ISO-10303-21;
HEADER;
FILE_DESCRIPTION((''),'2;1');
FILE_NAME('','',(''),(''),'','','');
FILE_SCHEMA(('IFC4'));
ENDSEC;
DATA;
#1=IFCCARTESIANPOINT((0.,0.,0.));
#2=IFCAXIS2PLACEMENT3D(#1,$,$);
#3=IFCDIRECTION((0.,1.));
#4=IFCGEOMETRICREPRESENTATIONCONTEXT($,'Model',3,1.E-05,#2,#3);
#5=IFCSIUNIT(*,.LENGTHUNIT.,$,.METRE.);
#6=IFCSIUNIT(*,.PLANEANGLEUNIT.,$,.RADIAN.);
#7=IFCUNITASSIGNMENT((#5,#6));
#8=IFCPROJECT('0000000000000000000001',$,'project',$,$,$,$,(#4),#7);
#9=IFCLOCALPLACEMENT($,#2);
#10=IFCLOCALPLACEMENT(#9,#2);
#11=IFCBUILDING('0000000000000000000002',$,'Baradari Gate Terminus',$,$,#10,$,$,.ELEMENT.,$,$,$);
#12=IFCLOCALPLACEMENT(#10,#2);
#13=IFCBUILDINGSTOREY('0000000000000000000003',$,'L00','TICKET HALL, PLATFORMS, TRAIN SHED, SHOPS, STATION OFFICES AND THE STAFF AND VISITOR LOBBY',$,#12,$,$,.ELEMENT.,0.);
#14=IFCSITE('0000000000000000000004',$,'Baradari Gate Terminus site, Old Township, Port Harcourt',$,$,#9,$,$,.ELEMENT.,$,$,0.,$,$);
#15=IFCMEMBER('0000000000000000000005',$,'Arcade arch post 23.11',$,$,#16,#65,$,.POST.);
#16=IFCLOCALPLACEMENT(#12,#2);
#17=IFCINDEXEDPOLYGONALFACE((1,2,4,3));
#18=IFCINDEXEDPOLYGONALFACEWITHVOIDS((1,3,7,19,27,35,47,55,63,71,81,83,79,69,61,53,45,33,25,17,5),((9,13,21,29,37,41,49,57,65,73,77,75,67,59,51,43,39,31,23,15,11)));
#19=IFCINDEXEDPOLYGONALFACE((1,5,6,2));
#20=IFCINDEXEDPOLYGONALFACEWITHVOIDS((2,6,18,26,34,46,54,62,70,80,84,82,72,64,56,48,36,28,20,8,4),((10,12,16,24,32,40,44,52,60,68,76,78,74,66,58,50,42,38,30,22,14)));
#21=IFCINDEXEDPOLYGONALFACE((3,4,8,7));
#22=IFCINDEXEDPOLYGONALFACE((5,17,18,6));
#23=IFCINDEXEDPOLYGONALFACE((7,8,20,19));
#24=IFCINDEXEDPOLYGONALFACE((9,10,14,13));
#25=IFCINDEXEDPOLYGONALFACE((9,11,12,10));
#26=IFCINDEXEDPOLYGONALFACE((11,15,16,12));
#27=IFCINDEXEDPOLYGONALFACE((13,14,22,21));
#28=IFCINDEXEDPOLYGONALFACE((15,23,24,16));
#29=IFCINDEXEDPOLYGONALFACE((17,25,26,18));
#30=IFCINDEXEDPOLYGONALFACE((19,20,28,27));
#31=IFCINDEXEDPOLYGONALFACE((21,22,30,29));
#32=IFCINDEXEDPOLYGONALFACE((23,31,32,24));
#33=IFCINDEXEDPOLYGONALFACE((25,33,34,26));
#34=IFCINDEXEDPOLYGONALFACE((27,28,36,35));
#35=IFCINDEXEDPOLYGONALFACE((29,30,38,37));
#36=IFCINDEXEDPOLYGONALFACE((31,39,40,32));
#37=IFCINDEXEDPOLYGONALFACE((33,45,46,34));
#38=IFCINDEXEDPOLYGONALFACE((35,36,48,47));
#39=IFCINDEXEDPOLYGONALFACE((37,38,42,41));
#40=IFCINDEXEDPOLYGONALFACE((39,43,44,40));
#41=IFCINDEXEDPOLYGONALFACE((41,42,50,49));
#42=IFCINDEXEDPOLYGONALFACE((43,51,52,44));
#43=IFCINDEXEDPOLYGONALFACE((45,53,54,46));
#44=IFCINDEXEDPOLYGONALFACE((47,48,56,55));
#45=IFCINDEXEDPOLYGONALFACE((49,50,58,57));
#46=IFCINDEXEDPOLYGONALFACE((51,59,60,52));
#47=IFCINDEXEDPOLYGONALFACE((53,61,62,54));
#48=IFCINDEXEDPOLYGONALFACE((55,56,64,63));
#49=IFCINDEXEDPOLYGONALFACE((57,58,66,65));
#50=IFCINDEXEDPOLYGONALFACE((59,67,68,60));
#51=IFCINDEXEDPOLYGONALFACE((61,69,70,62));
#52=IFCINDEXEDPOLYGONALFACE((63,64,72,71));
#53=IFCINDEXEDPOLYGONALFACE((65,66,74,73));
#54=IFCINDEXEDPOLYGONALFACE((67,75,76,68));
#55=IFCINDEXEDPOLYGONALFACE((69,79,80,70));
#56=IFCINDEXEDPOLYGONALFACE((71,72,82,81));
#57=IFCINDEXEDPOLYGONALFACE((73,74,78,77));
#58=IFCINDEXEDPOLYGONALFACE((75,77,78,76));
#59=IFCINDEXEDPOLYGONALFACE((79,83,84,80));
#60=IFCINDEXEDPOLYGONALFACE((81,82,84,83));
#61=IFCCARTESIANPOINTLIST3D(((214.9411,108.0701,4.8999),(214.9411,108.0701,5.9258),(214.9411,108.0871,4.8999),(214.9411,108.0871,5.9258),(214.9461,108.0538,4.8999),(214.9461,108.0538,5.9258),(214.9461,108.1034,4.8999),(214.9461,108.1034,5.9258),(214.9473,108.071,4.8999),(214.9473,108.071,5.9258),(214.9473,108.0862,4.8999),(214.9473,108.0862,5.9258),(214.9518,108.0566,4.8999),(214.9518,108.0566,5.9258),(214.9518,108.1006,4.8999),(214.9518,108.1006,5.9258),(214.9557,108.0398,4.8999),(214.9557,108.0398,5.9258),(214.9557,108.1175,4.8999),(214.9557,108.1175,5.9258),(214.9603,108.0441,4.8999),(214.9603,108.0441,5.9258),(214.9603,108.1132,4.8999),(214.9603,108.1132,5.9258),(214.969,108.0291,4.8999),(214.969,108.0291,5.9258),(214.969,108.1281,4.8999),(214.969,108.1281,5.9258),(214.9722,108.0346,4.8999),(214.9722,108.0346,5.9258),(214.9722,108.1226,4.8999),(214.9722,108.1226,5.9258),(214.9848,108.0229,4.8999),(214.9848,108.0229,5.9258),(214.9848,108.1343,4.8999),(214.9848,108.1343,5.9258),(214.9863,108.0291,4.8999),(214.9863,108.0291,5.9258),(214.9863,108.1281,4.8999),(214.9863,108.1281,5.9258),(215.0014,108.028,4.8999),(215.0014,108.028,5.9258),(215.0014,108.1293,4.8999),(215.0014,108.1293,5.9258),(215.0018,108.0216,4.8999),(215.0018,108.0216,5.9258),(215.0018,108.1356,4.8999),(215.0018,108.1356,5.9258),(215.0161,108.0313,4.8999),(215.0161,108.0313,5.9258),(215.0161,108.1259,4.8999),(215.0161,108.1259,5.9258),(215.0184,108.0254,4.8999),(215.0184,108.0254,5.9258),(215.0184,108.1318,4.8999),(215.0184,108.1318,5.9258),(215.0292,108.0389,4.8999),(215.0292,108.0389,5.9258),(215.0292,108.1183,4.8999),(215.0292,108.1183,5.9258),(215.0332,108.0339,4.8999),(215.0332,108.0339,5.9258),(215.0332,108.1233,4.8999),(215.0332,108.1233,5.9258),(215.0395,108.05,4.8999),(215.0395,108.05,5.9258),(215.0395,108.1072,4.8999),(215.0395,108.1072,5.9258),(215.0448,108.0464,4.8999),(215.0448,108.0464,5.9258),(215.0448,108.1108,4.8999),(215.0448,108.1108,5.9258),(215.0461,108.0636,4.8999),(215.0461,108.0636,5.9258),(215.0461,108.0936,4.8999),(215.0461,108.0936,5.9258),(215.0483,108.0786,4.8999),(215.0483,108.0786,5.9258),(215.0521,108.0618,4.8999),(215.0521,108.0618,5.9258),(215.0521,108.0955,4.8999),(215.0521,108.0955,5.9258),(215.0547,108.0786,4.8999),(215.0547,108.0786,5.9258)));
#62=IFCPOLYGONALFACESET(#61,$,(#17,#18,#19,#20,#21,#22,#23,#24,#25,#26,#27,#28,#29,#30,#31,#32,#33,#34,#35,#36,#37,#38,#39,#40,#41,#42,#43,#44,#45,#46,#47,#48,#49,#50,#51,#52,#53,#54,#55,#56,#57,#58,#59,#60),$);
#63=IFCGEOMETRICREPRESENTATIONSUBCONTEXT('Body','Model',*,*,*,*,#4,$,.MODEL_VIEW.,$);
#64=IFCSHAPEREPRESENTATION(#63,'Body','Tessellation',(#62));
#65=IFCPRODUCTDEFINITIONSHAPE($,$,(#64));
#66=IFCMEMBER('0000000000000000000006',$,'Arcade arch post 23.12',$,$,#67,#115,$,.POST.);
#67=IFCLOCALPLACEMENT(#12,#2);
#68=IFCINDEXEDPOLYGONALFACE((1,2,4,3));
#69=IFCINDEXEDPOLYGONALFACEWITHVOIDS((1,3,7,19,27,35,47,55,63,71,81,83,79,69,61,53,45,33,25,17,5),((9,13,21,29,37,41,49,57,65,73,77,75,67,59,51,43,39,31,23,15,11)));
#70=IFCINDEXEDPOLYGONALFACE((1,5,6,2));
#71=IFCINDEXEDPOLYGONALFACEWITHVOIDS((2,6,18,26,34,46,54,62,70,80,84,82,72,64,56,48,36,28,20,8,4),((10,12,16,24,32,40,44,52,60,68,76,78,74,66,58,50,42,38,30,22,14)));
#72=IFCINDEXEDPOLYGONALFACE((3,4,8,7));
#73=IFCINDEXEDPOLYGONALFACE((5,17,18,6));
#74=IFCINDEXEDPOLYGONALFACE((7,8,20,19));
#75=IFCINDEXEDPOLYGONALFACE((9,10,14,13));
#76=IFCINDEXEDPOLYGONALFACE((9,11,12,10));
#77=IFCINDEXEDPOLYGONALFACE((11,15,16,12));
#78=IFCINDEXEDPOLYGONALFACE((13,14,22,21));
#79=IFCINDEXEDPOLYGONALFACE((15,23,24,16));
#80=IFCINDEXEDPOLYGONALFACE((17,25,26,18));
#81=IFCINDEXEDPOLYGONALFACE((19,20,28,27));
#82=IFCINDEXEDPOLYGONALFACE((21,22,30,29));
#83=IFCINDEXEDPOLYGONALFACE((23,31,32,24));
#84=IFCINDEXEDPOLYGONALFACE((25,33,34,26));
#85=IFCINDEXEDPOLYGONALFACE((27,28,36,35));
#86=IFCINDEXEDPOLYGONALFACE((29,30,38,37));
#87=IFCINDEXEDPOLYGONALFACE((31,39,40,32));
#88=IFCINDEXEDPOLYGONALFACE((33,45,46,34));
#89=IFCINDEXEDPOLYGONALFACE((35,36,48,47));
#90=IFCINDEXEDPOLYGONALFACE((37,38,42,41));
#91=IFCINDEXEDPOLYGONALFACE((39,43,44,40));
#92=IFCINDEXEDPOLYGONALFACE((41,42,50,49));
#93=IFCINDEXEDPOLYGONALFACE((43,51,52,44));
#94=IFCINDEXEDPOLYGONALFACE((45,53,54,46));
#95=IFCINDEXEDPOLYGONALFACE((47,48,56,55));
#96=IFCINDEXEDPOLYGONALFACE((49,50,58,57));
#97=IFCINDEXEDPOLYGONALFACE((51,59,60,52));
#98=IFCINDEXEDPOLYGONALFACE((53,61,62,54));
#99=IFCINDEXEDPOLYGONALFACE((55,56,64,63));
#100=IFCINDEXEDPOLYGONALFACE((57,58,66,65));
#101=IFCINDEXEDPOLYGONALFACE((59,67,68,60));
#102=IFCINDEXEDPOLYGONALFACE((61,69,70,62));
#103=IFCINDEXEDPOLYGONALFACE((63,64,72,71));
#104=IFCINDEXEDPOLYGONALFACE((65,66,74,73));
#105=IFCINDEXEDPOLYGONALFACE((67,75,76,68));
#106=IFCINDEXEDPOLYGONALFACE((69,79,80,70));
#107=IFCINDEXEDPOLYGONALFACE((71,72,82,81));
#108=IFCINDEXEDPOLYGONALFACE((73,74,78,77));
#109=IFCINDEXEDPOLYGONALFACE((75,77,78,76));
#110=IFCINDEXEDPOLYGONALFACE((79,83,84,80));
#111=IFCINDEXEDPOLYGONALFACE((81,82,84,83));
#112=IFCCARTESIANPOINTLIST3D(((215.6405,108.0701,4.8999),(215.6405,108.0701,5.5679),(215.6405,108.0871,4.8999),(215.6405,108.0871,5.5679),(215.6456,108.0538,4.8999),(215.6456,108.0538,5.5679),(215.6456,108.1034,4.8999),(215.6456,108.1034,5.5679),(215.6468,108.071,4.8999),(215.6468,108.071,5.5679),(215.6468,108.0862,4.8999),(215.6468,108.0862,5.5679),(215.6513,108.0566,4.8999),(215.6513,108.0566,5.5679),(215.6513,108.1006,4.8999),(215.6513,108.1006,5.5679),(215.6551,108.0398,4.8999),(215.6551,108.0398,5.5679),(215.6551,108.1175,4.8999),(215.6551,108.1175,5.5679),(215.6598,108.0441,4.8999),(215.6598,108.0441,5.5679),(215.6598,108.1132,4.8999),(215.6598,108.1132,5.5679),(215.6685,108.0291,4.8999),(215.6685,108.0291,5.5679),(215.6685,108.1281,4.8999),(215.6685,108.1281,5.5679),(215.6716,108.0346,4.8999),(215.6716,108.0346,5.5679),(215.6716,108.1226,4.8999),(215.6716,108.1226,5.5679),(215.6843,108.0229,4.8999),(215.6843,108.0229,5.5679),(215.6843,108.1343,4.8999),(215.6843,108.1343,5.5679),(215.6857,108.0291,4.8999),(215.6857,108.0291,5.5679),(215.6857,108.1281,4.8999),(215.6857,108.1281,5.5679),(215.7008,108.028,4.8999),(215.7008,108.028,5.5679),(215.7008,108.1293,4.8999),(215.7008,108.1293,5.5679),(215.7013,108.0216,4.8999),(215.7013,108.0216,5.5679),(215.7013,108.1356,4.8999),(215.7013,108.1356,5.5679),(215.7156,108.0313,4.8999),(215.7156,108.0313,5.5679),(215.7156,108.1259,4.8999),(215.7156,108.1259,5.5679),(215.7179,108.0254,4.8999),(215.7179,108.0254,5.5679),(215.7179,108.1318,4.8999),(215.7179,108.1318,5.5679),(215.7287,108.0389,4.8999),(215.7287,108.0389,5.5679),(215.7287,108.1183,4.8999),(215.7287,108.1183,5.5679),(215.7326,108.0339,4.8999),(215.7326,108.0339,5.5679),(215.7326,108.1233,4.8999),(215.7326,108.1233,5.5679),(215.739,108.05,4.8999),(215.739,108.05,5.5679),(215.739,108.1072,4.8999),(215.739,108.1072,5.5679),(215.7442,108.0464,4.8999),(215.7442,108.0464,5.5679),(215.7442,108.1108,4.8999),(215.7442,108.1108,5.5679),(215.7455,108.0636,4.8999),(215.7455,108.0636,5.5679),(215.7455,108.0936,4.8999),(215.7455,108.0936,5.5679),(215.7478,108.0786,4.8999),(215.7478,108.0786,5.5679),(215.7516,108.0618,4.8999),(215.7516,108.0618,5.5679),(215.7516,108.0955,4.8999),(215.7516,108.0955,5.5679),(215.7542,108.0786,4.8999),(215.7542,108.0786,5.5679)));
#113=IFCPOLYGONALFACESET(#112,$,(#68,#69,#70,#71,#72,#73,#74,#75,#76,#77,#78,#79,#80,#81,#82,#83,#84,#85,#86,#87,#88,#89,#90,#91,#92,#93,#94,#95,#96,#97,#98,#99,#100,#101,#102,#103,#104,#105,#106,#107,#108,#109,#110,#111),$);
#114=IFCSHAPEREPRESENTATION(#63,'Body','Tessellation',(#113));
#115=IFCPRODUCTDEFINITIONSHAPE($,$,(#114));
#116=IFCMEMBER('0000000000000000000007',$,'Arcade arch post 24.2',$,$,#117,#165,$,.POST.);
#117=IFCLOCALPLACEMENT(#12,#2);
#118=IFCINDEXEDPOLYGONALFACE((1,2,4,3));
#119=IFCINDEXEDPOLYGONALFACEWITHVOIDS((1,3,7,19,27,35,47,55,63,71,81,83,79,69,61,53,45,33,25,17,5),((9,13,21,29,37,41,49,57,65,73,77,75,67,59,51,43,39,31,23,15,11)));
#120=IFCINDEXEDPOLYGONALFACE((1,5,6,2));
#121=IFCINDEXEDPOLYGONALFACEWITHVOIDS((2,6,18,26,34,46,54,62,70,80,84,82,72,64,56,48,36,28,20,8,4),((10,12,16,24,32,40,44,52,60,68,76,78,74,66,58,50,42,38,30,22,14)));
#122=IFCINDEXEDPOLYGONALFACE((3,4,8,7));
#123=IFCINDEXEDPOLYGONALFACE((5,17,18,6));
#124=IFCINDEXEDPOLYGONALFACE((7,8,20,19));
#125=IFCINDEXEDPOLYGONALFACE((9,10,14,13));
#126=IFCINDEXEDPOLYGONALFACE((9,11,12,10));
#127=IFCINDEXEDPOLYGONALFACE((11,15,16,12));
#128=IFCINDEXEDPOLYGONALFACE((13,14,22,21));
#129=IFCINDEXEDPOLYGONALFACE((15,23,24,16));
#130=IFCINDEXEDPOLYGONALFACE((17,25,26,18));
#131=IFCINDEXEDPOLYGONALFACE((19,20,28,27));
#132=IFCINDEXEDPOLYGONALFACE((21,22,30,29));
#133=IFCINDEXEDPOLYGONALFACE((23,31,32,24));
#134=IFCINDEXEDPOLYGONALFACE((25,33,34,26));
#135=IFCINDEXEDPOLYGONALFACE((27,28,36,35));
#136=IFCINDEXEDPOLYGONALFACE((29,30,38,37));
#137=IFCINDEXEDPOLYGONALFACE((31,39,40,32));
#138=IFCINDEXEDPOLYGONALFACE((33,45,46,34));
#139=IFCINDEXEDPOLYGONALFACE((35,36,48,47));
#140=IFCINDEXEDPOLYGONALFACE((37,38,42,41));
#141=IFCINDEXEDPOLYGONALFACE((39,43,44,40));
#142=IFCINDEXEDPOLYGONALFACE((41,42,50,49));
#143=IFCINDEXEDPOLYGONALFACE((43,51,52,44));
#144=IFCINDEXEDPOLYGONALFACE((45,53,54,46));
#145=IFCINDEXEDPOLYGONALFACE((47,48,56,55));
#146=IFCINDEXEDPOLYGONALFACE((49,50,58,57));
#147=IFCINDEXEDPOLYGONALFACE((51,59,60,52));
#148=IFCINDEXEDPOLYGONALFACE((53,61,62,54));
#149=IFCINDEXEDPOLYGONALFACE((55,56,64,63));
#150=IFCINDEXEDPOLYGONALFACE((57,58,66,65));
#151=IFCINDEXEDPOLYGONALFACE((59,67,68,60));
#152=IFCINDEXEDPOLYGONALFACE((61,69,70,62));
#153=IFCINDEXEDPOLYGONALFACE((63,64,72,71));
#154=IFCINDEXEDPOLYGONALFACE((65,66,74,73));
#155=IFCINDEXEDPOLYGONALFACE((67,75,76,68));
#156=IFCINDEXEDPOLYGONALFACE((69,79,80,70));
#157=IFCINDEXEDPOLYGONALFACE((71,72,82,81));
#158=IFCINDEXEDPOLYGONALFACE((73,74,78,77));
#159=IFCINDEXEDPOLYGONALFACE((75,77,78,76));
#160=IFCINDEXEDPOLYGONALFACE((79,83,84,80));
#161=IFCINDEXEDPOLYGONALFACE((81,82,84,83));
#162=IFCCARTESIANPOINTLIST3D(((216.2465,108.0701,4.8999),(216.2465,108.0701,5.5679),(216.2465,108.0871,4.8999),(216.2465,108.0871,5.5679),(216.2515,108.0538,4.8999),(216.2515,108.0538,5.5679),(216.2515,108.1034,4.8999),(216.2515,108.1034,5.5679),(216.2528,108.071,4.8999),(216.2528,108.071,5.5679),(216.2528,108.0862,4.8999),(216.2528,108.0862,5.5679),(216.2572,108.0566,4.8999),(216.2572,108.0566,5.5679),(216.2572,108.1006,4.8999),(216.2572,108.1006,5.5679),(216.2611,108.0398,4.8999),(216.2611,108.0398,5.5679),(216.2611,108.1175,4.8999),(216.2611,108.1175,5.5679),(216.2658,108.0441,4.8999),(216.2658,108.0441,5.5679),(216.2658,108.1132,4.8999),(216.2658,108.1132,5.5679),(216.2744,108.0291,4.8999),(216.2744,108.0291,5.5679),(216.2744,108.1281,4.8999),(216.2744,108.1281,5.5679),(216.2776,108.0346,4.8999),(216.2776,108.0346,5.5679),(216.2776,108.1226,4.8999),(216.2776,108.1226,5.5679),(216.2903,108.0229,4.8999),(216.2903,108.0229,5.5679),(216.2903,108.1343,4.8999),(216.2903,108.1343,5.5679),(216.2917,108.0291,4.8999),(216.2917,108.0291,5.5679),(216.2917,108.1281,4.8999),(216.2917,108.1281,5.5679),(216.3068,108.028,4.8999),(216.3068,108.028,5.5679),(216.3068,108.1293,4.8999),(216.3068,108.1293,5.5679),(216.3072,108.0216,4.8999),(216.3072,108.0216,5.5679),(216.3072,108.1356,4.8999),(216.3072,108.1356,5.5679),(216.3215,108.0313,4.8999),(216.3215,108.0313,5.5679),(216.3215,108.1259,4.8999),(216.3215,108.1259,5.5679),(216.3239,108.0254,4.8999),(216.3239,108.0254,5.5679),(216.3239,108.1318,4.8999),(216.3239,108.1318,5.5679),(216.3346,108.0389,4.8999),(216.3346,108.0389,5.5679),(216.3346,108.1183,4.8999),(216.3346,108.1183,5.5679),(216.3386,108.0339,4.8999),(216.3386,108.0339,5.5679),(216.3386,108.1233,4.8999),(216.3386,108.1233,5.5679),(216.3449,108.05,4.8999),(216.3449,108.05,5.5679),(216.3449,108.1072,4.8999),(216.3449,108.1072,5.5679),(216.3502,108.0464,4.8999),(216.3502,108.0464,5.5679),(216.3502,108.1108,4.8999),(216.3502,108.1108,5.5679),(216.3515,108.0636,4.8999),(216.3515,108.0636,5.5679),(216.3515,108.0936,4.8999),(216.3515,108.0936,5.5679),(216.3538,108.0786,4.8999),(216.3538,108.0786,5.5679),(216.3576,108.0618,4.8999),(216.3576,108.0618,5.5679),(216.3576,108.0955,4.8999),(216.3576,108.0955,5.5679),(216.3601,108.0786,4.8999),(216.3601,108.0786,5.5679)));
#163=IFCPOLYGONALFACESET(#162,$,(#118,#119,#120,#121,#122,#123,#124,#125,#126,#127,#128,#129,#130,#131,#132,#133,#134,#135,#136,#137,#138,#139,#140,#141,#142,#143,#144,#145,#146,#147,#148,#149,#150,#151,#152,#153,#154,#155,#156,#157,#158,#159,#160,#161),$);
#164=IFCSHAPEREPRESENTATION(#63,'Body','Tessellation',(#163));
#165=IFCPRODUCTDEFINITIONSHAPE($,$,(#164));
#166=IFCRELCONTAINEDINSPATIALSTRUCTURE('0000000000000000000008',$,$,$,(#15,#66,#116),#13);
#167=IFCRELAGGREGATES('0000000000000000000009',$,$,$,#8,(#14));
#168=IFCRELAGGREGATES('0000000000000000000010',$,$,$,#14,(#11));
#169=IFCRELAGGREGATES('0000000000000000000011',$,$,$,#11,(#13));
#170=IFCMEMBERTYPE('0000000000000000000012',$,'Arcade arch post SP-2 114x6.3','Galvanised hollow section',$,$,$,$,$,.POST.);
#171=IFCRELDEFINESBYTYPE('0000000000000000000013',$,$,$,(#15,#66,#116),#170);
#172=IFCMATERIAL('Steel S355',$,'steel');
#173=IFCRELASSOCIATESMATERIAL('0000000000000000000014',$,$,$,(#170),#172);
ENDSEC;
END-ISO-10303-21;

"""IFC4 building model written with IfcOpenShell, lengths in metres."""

from ifc_helpers import new_model, si_unit, direction, frame, origin, origin_2d, place, context, subcontext, project, spatial, hollow_circle, extrude, material, material_profile, profile_set, type_object, element, save


model = new_model("IFC4")

# Units and contexts
model_context = context("Model", 3, precision=1e-05, world=origin(), true_north=direction((0.0, 1.0)))
body_context = subcontext(model_context, "Body", "Model", "MODEL_VIEW")
ifc_project = project(units=[si_unit("LENGTHUNIT", "METRE"), si_unit("PLANEANGLEUNIT", "RADIAN")], contexts=[model_context])

# Site, building, storey
site_placement = place(None, origin())
site = spatial("IfcSite", under=ifc_project, at=site_placement, Name="Baradari Gate Terminus site, Old Township, Port Harcourt", CompositionType="ELEMENT", RefElevation=0.0)
building_placement = place(site_placement, origin())
building = spatial("IfcBuilding", under=site, at=building_placement, Name="Baradari Gate Terminus", CompositionType="ELEMENT")
storey_placement = place(building_placement, origin())
storey = spatial("IfcBuildingStorey", under=building, at=storey_placement, Name="L00", Description="TICKET HALL, PLATFORMS, TRAIN SHED, SHOPS, STATION OFFICES AND THE STAFF AND VISITOR LOBBY", CompositionType="ELEMENT", Elevation=0.0)

# Members
ifc_material_1 = material(Name="Steel S355", Category="steel")
ifc_material_profile_1 = material_profile(ifc_material_1, hollow_circle(Radius=0.0571, WallThickness=0.0063, at=origin_2d()), Name="CHS 114.3x6.3")
ifc_profile_set_1 = profile_set([ifc_material_profile_1], Name="Steel S355")
member_type = type_object("IfcMemberType", Name="Arcade arch post SP-2 114x6.3", Description="Galvanised hollow section", PredefinedType="POST", material=ifc_profile_set_1)
member_1_placement = place(storey_placement, frame((214.9976, 108.0786, 4.8999), z_axis=(0.0, 0.0, 1.0), x_axis=(1.0, 0.0, 0.0)))
element("IfcMember", 1, at=member_1_placement, inside=storey, type_object=member_type, Name="Arcade arch post 23.11", PredefinedType="POST", context=body_context, shape_type="SweptSolid", body=[
    extrude(hollow_circle(Radius=0.0571, WallThickness=0.0063, at=origin_2d()), origin(), (0.0, 0.0, 1.0), 1.0259),
])
for number, where, z_axis, x_axis, name in (
    (2, (215.697, 108.0786, 4.8999), (0.0, 0.0, 1.0), (1.0, 0.0, 0.0), "Arcade arch post 23.12"),
    (3, (216.303, 108.0786, 4.8999), (0.0, 0.0, 1.0), (1.0, 0.0, 0.0), "Arcade arch post 24.2"),
):
    element("IfcMember", number, at=place(storey_placement, frame(where, z_axis=z_axis, x_axis=x_axis)), inside=storey, type_object=member_type, Name=name, PredefinedType="POST", context=body_context, shape_type="SweptSolid", body=[
        extrude(hollow_circle(Radius=0.0571, WallThickness=0.0063, at=origin_2d()), origin(), (0.0, 0.0, 1.0), 0.668),
    ])

save(model, "model.ifc")
